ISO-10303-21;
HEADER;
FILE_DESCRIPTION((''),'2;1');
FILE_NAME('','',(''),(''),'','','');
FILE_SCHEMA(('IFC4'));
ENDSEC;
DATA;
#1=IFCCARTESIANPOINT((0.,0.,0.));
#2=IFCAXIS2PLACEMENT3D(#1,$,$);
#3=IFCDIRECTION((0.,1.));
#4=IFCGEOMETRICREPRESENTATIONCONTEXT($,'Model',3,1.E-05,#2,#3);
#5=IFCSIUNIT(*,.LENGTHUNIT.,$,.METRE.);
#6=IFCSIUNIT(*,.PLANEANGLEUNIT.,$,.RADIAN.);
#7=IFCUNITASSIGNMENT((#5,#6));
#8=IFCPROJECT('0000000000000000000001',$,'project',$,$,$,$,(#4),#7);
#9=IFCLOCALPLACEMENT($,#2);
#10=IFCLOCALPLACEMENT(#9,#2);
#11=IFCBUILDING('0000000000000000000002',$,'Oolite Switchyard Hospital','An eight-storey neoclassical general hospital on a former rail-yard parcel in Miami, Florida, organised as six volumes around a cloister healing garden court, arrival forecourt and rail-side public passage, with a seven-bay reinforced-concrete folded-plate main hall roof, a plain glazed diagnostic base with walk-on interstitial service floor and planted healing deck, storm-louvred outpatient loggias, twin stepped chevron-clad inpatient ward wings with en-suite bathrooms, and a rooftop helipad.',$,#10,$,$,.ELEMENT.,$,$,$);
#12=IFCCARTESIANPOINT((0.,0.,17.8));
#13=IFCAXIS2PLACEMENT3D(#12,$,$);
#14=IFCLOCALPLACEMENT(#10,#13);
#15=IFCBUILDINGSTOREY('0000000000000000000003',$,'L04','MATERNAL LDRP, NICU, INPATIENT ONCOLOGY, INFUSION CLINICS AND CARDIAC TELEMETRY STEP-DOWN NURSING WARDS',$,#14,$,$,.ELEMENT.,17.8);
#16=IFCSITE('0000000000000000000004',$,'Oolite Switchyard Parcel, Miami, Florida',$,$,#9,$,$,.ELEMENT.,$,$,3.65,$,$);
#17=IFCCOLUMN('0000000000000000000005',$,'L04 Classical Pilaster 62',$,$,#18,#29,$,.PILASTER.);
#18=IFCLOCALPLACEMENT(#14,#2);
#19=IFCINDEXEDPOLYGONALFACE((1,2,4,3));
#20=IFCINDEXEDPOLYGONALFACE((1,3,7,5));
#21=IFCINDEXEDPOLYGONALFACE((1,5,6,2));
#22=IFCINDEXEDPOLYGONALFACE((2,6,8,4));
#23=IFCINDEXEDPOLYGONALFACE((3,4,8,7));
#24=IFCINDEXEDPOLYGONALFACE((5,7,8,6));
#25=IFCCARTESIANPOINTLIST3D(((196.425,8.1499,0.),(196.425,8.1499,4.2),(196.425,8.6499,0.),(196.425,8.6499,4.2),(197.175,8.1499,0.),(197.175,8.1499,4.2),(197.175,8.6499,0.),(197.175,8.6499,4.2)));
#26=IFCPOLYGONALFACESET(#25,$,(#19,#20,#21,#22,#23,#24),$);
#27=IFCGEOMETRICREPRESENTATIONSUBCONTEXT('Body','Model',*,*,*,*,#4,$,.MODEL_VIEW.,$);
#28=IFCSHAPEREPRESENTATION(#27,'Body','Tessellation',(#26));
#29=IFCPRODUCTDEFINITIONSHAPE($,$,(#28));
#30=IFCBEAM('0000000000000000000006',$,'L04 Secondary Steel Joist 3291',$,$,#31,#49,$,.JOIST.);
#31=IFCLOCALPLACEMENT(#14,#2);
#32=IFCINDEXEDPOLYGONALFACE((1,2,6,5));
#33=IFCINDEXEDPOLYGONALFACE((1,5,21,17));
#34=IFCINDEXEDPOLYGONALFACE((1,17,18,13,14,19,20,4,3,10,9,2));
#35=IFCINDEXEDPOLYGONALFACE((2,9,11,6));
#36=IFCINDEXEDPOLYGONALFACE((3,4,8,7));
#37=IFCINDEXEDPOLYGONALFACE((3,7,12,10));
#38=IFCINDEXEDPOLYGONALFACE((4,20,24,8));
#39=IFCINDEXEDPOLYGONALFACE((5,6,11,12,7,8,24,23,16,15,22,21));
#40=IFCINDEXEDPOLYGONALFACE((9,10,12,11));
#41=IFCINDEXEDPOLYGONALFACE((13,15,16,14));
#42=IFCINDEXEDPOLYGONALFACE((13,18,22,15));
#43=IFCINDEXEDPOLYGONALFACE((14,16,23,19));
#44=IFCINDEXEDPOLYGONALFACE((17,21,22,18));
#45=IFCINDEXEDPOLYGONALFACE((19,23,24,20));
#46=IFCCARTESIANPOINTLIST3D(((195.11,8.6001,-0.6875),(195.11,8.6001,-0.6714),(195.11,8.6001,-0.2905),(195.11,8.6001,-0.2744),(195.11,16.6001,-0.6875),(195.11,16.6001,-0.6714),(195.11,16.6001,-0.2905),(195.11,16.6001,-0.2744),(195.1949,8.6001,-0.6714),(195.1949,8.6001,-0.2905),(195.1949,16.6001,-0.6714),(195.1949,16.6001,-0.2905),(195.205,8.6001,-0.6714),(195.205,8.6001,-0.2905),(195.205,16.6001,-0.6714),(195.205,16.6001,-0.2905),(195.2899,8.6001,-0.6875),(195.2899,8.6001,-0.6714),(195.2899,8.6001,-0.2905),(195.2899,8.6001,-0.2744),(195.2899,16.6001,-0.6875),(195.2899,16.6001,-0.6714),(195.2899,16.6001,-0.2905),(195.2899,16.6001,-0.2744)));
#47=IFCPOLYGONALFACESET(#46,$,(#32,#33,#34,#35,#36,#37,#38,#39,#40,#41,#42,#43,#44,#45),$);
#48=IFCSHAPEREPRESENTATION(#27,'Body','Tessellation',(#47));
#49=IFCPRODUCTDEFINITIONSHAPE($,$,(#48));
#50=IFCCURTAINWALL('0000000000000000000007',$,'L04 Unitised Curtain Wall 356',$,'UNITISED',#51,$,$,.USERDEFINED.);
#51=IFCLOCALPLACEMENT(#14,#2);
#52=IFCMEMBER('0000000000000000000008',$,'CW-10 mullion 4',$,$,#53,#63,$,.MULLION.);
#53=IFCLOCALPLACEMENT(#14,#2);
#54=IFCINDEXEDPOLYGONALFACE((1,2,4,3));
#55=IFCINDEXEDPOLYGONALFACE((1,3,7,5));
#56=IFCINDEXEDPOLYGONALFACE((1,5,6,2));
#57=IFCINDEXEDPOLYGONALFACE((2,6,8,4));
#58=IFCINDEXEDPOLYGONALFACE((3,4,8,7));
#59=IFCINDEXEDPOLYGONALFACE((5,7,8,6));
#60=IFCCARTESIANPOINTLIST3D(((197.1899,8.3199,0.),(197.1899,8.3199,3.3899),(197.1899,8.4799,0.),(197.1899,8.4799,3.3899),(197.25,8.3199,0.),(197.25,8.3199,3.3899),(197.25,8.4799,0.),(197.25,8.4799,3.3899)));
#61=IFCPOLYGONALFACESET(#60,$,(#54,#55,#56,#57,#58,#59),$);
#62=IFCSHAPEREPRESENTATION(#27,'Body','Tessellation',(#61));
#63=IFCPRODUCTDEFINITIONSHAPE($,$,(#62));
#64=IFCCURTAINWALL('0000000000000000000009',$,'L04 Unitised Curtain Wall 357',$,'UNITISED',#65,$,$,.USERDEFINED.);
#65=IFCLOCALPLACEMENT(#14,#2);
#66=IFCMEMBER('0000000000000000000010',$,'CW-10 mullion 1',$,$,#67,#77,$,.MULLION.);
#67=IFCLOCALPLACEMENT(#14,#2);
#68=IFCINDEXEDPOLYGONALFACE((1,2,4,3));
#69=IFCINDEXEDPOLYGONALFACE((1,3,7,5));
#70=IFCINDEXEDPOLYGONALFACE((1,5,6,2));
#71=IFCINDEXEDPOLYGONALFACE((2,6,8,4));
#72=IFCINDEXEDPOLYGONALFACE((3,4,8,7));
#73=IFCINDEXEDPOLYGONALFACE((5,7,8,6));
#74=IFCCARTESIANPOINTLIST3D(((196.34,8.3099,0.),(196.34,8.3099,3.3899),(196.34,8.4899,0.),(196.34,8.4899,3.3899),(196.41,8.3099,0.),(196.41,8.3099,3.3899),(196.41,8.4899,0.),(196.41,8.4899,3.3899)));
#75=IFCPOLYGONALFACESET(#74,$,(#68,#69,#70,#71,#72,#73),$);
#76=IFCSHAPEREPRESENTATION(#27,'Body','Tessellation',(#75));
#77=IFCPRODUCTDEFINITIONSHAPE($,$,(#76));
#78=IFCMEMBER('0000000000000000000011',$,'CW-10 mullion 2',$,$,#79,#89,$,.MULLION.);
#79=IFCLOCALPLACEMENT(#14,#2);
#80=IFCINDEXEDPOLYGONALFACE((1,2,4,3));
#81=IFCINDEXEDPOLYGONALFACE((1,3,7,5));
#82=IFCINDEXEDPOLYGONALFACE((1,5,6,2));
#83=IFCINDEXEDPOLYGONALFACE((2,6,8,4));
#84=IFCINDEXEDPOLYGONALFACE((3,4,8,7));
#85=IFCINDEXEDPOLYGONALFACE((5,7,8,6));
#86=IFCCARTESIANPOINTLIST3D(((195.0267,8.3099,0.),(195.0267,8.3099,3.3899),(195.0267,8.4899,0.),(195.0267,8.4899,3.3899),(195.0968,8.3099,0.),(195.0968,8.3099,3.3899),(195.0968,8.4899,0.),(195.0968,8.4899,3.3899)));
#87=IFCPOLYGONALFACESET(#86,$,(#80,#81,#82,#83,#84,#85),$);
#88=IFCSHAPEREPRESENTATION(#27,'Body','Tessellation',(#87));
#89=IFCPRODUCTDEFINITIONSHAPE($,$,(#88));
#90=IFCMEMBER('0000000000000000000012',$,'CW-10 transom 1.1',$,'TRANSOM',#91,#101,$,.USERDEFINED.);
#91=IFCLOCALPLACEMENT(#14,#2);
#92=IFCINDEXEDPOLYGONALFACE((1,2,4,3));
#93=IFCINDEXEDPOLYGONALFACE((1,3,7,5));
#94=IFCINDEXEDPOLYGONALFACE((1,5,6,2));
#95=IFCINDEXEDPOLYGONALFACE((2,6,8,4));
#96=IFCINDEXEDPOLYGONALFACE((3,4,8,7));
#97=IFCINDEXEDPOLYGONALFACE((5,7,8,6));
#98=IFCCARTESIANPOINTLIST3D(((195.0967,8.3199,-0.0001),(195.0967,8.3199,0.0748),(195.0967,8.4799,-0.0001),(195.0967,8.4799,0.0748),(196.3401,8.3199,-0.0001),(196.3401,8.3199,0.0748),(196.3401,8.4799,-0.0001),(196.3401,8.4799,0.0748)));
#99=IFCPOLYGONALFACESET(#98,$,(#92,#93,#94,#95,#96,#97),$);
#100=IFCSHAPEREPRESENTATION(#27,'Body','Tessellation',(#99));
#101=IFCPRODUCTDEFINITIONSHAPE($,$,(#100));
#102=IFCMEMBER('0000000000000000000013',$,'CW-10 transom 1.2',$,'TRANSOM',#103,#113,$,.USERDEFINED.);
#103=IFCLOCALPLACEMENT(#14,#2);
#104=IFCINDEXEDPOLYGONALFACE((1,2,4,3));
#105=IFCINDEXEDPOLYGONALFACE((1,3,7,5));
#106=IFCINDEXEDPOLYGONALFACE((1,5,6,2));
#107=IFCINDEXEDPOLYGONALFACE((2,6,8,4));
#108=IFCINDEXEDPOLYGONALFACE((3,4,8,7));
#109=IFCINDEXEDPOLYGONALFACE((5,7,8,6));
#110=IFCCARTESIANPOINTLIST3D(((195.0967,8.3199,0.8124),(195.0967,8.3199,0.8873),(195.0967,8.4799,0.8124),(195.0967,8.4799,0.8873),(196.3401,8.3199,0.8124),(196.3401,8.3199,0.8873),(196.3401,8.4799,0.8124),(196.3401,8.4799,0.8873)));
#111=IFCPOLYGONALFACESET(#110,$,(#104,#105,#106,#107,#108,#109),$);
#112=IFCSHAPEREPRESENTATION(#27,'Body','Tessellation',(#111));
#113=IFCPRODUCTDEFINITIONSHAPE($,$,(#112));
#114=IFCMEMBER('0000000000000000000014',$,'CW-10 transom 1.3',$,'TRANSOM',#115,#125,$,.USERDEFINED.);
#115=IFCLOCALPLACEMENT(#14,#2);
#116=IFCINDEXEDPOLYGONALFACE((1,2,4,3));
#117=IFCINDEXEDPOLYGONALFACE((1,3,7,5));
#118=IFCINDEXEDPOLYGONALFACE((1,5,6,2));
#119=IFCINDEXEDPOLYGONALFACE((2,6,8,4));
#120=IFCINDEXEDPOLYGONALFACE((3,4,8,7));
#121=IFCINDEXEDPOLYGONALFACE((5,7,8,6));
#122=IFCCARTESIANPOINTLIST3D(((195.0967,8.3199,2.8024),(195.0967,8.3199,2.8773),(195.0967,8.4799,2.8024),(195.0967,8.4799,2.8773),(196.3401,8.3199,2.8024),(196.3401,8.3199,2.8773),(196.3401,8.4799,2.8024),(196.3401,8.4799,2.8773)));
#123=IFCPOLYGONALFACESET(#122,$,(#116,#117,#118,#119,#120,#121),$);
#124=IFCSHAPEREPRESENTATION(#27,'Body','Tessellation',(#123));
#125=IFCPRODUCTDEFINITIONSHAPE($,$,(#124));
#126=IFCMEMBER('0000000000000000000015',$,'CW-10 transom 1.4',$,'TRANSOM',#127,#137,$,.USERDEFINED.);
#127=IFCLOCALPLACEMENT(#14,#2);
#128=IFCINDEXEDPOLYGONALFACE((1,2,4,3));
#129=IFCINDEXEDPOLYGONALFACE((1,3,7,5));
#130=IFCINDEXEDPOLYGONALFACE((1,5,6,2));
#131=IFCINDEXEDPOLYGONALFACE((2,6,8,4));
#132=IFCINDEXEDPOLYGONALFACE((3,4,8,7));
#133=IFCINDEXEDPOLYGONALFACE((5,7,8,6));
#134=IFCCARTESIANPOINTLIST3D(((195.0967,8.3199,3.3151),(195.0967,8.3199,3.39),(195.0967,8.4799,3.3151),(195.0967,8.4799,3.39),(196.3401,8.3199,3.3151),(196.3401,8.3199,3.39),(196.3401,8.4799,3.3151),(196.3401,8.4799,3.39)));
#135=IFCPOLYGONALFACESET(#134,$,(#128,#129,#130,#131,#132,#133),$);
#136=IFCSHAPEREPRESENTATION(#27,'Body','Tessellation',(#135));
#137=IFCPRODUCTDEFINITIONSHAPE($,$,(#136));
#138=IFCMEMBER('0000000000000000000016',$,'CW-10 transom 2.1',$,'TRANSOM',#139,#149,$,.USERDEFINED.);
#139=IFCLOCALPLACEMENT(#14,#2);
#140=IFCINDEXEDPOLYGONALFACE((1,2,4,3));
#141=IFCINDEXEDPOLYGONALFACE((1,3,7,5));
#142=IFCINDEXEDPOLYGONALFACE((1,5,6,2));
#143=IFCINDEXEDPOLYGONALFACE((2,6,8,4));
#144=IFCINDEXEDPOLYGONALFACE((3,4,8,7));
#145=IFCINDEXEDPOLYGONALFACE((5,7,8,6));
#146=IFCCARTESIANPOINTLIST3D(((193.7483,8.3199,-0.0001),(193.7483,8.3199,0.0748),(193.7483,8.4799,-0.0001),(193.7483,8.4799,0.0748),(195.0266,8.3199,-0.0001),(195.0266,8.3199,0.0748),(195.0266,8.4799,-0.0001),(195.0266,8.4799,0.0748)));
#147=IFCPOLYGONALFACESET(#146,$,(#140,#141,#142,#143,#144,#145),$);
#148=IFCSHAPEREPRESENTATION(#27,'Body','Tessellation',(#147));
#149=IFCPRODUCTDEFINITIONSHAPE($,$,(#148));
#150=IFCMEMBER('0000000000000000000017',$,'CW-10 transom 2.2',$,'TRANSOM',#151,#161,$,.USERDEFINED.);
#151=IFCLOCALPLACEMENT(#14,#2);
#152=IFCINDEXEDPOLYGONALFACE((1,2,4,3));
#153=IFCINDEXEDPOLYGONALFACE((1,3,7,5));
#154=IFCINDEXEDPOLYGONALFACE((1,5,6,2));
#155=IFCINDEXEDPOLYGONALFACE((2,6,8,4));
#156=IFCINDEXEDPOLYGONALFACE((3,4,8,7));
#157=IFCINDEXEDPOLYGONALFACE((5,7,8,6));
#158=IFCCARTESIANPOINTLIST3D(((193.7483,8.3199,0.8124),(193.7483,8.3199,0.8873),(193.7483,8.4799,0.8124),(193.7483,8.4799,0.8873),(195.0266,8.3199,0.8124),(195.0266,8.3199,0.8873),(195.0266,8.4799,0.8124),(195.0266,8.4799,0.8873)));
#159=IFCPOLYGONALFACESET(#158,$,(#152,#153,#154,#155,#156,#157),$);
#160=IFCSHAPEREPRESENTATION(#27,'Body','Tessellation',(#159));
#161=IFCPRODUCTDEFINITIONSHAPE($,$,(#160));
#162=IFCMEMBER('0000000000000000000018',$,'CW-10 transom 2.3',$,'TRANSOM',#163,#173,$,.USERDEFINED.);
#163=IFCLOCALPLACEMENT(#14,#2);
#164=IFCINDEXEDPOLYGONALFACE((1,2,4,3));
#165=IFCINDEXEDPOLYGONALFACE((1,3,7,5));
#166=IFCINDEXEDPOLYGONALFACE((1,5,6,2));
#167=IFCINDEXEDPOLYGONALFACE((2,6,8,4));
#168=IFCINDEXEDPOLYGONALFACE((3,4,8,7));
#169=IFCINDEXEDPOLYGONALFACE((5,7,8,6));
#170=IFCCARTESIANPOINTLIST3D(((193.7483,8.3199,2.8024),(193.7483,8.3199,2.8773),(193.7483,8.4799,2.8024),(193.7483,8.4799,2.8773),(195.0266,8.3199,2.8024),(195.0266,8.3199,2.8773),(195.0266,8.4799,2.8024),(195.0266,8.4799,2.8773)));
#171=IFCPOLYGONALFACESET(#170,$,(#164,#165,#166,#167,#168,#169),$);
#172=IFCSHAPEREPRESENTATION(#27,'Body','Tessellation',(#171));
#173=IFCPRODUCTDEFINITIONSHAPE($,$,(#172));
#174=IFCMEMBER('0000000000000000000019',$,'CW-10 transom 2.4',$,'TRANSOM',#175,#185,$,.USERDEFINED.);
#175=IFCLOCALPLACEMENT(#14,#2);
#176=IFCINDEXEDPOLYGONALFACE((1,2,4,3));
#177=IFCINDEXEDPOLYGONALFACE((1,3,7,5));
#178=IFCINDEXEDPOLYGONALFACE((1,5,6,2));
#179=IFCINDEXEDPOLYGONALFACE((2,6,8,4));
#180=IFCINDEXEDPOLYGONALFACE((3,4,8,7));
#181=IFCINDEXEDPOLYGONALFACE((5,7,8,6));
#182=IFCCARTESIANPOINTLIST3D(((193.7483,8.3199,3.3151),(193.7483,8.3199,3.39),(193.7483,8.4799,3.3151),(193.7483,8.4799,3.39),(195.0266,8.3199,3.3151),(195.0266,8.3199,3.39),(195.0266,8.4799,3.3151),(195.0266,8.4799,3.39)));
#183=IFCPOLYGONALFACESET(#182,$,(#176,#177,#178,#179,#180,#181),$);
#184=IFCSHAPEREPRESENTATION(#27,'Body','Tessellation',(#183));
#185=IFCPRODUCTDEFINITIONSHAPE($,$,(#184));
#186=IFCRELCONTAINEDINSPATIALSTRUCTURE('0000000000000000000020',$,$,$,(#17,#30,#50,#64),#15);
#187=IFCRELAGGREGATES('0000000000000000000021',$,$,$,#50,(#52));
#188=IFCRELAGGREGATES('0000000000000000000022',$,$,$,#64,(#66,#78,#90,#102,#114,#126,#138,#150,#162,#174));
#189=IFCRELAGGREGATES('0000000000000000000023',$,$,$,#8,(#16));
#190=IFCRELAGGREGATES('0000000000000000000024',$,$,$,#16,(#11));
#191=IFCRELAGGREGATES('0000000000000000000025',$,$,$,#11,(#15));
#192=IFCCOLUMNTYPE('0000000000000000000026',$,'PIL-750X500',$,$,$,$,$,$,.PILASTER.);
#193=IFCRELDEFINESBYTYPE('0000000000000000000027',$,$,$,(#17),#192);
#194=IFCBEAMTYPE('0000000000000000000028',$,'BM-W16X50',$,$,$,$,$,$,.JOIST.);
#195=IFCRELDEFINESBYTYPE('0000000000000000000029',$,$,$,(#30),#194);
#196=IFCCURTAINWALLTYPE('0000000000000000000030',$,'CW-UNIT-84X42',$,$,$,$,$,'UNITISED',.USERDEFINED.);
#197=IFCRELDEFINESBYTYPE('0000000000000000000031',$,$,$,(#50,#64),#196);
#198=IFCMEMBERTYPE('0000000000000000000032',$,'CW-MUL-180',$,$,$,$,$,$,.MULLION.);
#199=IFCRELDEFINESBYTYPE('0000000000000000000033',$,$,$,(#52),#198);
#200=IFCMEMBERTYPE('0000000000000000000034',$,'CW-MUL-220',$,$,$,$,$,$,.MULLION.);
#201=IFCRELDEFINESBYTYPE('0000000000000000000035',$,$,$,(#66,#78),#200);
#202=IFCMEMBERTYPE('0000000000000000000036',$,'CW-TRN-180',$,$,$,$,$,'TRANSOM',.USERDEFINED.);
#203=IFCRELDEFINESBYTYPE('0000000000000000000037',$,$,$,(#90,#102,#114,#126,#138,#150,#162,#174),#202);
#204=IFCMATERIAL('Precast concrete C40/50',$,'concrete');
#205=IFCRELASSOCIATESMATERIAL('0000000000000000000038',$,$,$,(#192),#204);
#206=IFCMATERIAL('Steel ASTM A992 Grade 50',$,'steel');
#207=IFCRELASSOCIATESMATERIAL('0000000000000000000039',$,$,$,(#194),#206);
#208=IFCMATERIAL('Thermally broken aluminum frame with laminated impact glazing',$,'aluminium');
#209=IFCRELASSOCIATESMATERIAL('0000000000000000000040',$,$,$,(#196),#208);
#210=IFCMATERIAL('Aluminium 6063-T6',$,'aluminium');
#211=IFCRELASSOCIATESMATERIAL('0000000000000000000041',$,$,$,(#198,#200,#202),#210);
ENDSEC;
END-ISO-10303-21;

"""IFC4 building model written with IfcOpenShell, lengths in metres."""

from ifc_helpers import new_model, si_unit, direction, frame, origin, origin_2d, place, context, subcontext, project, spatial, rectangle, i_section, extrude, material, material_profile, profile_set, type_object, element, aggregate, save


model = new_model("IFC4")

# Units and contexts
model_context = context("Model", 3, precision=1e-05, world=origin(), true_north=direction((0.0, 1.0)))
body_context = subcontext(model_context, "Body", "Model", "MODEL_VIEW")
ifc_project = project(units=[si_unit("LENGTHUNIT", "METRE"), si_unit("PLANEANGLEUNIT", "RADIAN")], contexts=[model_context])

# Site, building, storey
site_placement = place(None, origin())
site = spatial("IfcSite", under=ifc_project, at=site_placement, Name="Oolite Switchyard Parcel, Miami, Florida", CompositionType="ELEMENT", RefElevation=3.65)
building_placement = place(site_placement, origin())
building = spatial("IfcBuilding", under=site, at=building_placement, Name="Oolite Switchyard Hospital", Description="An eight-storey neoclassical general hospital on a former rail-yard parcel in Miami, Florida, organised as six volumes around a cloister healing garden court, arrival forecourt and rail-side public passage, with a seven-bay reinforced-concrete folded-plate main hall roof, a plain glazed diagnostic base with walk-on interstitial service floor and planted healing deck, storm-louvred outpatient loggias, twin stepped chevron-clad inpatient ward wings with en-suite bathrooms, and a rooftop helipad.", CompositionType="ELEMENT")
storey_placement = place(building_placement, frame((0.0, 0.0, 17.8)))
storey = spatial("IfcBuildingStorey", under=building, at=storey_placement, Name="L04", Description="MATERNAL LDRP, NICU, INPATIENT ONCOLOGY, INFUSION CLINICS AND CARDIAC TELEMETRY STEP-DOWN NURSING WARDS", CompositionType="ELEMENT", Elevation=17.8)

# Column
ifc_material_1 = material(Name="Precast concrete C40/50", Category="concrete")
ifc_material_profile_1 = material_profile(ifc_material_1, rectangle(XDim=0.75, YDim=0.5, at=origin_2d()), Name="PIL750X500")
ifc_profile_set_1 = profile_set([ifc_material_profile_1], Name="Precast concrete C40/50")
column_type = type_object("IfcColumnType", Name="PIL-750X500", PredefinedType="PILASTER", material=ifc_profile_set_1)
column_placement = place(storey_placement, frame((196.8, 8.3999, 0.0), z_axis=(0.0, 0.0, 1.0), x_axis=(1.0, 0.0, 0.0)))
element("IfcColumn", 1, at=column_placement, inside=storey, type_object=column_type, Name="L04 Classical Pilaster 62", PredefinedType="PILASTER", context=body_context, shape_type="SweptSolid", body=[
    extrude(rectangle(XDim=0.75, YDim=0.5, at=origin_2d()), origin(), (0.0, 0.0, 1.0), 4.2),
])

# Beam
ifc_material_2 = material(Name="Steel ASTM A992 Grade 50", Category="steel")
ifc_material_profile_2 = material_profile(ifc_material_2, i_section(OverallWidth=0.1799, OverallDepth=0.4131, WebThickness=0.01, FlangeThickness=0.0161, at=origin_2d()), Name="W16X50")
ifc_profile_set_2 = profile_set([ifc_material_profile_2], Name="Steel ASTM A992 Grade 50")
beam_type = type_object("IfcBeamType", Name="BM-W16X50", PredefinedType="JOIST", material=ifc_profile_set_2)
beam_placement = place(storey_placement, frame((195.2, 8.6001, -0.481), z_axis=(0.0, 1.0, 0.0), x_axis=(-1.0, 0.0, 0.0)))
element("IfcBeam", 2, at=beam_placement, inside=storey, type_object=beam_type, Name="L04 Secondary Steel Joist 3291", PredefinedType="JOIST", context=body_context, shape_type="SweptSolid", body=[
    extrude(i_section(OverallWidth=0.1799, OverallDepth=0.4131, WebThickness=0.01, FlangeThickness=0.0161, at=origin_2d()), origin(), (0.0, 0.0, 1.0), 8.0),
])

# Curtain wall, member
ifc_material_3 = material(Name="Thermally broken aluminum frame with laminated impact glazing", Category="aluminium")
curtain_wall_type = type_object("IfcCurtainWallType", Name="CW-UNIT-84X42", ElementType="UNITISED", PredefinedType="USERDEFINED", material=ifc_material_3)
curtain_wall_1_placement = place(storey_placement, origin())
curtain_wall_1 = element("IfcCurtainWall", 3, at=curtain_wall_1_placement, inside=storey, type_object=curtain_wall_type, Name="L04 Unitised Curtain Wall 356", ObjectType="UNITISED", PredefinedType="USERDEFINED")
ifc_material_4 = material(Name="Aluminium 6063-T6", Category="aluminium")
ifc_material_profile_3 = material_profile(ifc_material_4, rectangle(XDim=0.1599, YDim=0.0601, at=origin_2d()), Name="CWM60X160")
ifc_profile_set_3 = profile_set([ifc_material_profile_3], Name="Aluminium 6063-T6")
member_type_1 = type_object("IfcMemberType", Name="CW-MUL-180", PredefinedType="MULLION", material=ifc_profile_set_3)
member_1_placement = place(storey_placement, frame((197.22, 8.3999, 0.0), z_axis=(0.0, 0.0, 1.0), x_axis=(0.0, -1.0, 0.0)))
member_1 = element("IfcMember", 4, at=member_1_placement, type_object=member_type_1, Name="CW-10 mullion 4", PredefinedType="MULLION", context=body_context, shape_type="SweptSolid", body=[
    extrude(rectangle(XDim=0.1599, YDim=0.0601, at=origin_2d()), origin(), (0.0, 0.0, 1.0), 3.3899),
])

# Curtain wall, members
curtain_wall_2_placement = place(storey_placement, origin())
curtain_wall_2 = element("IfcCurtainWall", 5, at=curtain_wall_2_placement, inside=storey, type_object=curtain_wall_type, Name="L04 Unitised Curtain Wall 357", ObjectType="UNITISED", PredefinedType="USERDEFINED")
ifc_material_profile_4 = material_profile(ifc_material_4, rectangle(XDim=0.1799, YDim=0.0701, at=origin_2d()), Name="CWM70X180")
ifc_profile_set_4 = profile_set([ifc_material_profile_4], Name="Aluminium 6063-T6")
member_type_2 = type_object("IfcMemberType", Name="CW-MUL-220", PredefinedType="MULLION", material=ifc_profile_set_4)
member_2_placement = place(storey_placement, frame((196.375, 8.3999, 0.0), z_axis=(0.0, 0.0, 1.0), x_axis=(0.0, -1.0, 0.0)))
member_2 = element("IfcMember", 6, at=member_2_placement, type_object=member_type_2, Name="CW-10 mullion 1", PredefinedType="MULLION", context=body_context, shape_type="SweptSolid", body=[
    extrude(rectangle(XDim=0.1799, YDim=0.0701, at=origin_2d()), origin(), (0.0, 0.0, 1.0), 3.3899),
])
member_3_placement = place(storey_placement, frame((195.0618, 8.3999, 0.0), z_axis=(0.0, 0.0, 1.0), x_axis=(0.0, -1.0, 0.0)))
member_3 = element("IfcMember", 7, at=member_3_placement, type_object=member_type_2, Name="CW-10 mullion 2", PredefinedType="MULLION", context=body_context, shape_type="SweptSolid", body=[
    extrude(rectangle(XDim=0.1799, YDim=0.0701, at=origin_2d()), origin(), (0.0, 0.0, 1.0), 3.3899),
])
ifc_material_profile_5 = material_profile(ifc_material_4, rectangle(XDim=0.1599, YDim=0.075, at=origin_2d()), Name="CWT75X160")
ifc_profile_set_5 = profile_set([ifc_material_profile_5], Name="Aluminium 6063-T6")
member_type_3 = type_object("IfcMemberType", Name="CW-TRN-180", ElementType="TRANSOM", PredefinedType="USERDEFINED", material=ifc_profile_set_5)
member_4_placement = place(storey_placement, frame((196.3401, 8.3999, 0.0374), z_axis=(-1.0, 0.0, 0.0), x_axis=(0.0, -1.0, 0.0)))
member_4 = element("IfcMember", 8, at=member_4_placement, type_object=member_type_3, Name="CW-10 transom 1.1", ObjectType="TRANSOM", PredefinedType="USERDEFINED", context=body_context, shape_type="SweptSolid", body=[
    extrude(rectangle(XDim=0.1599, YDim=0.075, at=origin_2d()), origin(), (0.0, 0.0, 1.0), 1.2434),
])
member_5_placement = place(storey_placement, frame((196.3401, 8.3999, 0.8499), z_axis=(-1.0, 0.0, 0.0), x_axis=(0.0, -1.0, 0.0)))
member_5 = element("IfcMember", 9, at=member_5_placement, type_object=member_type_3, Name="CW-10 transom 1.2", ObjectType="TRANSOM", PredefinedType="USERDEFINED", context=body_context, shape_type="SweptSolid", body=[
    extrude(rectangle(XDim=0.1599, YDim=0.075, at=origin_2d()), origin(), (0.0, 0.0, 1.0), 1.2434),
])
member_6_placement = place(storey_placement, frame((196.3401, 8.3999, 2.8398), z_axis=(-1.0, 0.0, 0.0), x_axis=(0.0, -1.0, 0.0)))
member_6 = element("IfcMember", 10, at=member_6_placement, type_object=member_type_3, Name="CW-10 transom 1.3", ObjectType="TRANSOM", PredefinedType="USERDEFINED", context=body_context, shape_type="SweptSolid", body=[
    extrude(rectangle(XDim=0.1599, YDim=0.075, at=origin_2d()), origin(), (0.0, 0.0, 1.0), 1.2434),
])
member_7_placement = place(storey_placement, frame((196.3401, 8.3999, 3.3525), z_axis=(-1.0, 0.0, 0.0), x_axis=(0.0, -1.0, 0.0)))
member_7 = element("IfcMember", 11, at=member_7_placement, type_object=member_type_3, Name="CW-10 transom 1.4", ObjectType="TRANSOM", PredefinedType="USERDEFINED", context=body_context, shape_type="SweptSolid", body=[
    extrude(rectangle(XDim=0.1599, YDim=0.075, at=origin_2d()), origin(), (0.0, 0.0, 1.0), 1.2434),
])
member_8_placement = place(storey_placement, frame((195.0266, 8.3999, 0.0374), z_axis=(-1.0, 0.0, 0.0), x_axis=(0.0, -1.0, 0.0)))
member_8 = element("IfcMember", 12, at=member_8_placement, type_object=member_type_3, Name="CW-10 transom 2.1", ObjectType="TRANSOM", PredefinedType="USERDEFINED", context=body_context, shape_type="SweptSolid", body=[
    extrude(rectangle(XDim=0.1599, YDim=0.075, at=origin_2d()), origin(), (0.0, 0.0, 1.0), 1.2783),
])
member_9_placement = place(storey_placement, frame((195.0266, 8.3999, 0.8499), z_axis=(-1.0, 0.0, 0.0), x_axis=(0.0, -1.0, 0.0)))
member_9 = element("IfcMember", 13, at=member_9_placement, type_object=member_type_3, Name="CW-10 transom 2.2", ObjectType="TRANSOM", PredefinedType="USERDEFINED", context=body_context, shape_type="SweptSolid", body=[
    extrude(rectangle(XDim=0.1599, YDim=0.075, at=origin_2d()), origin(), (0.0, 0.0, 1.0), 1.2783),
])
member_10_placement = place(storey_placement, frame((195.0266, 8.3999, 2.8398), z_axis=(-1.0, 0.0, 0.0), x_axis=(0.0, -1.0, 0.0)))
member_10 = element("IfcMember", 14, at=member_10_placement, type_object=member_type_3, Name="CW-10 transom 2.3", ObjectType="TRANSOM", PredefinedType="USERDEFINED", context=body_context, shape_type="SweptSolid", body=[
    extrude(rectangle(XDim=0.1599, YDim=0.075, at=origin_2d()), origin(), (0.0, 0.0, 1.0), 1.2783),
])
member_11_placement = place(storey_placement, frame((195.0266, 8.3999, 3.3525), z_axis=(-1.0, 0.0, 0.0), x_axis=(0.0, -1.0, 0.0)))
member_11 = element("IfcMember", 15, at=member_11_placement, type_object=member_type_3, Name="CW-10 transom 2.4", ObjectType="TRANSOM", PredefinedType="USERDEFINED", context=body_context, shape_type="SweptSolid", body=[
    extrude(rectangle(XDim=0.1599, YDim=0.075, at=origin_2d()), origin(), (0.0, 0.0, 1.0), 1.2783),
])

aggregate(curtain_wall_1, [member_1])
aggregate(curtain_wall_2, [member_2, member_3, member_4, member_5, member_6, member_7, member_8, member_9, member_10, member_11])

save(model, "model.ifc")
